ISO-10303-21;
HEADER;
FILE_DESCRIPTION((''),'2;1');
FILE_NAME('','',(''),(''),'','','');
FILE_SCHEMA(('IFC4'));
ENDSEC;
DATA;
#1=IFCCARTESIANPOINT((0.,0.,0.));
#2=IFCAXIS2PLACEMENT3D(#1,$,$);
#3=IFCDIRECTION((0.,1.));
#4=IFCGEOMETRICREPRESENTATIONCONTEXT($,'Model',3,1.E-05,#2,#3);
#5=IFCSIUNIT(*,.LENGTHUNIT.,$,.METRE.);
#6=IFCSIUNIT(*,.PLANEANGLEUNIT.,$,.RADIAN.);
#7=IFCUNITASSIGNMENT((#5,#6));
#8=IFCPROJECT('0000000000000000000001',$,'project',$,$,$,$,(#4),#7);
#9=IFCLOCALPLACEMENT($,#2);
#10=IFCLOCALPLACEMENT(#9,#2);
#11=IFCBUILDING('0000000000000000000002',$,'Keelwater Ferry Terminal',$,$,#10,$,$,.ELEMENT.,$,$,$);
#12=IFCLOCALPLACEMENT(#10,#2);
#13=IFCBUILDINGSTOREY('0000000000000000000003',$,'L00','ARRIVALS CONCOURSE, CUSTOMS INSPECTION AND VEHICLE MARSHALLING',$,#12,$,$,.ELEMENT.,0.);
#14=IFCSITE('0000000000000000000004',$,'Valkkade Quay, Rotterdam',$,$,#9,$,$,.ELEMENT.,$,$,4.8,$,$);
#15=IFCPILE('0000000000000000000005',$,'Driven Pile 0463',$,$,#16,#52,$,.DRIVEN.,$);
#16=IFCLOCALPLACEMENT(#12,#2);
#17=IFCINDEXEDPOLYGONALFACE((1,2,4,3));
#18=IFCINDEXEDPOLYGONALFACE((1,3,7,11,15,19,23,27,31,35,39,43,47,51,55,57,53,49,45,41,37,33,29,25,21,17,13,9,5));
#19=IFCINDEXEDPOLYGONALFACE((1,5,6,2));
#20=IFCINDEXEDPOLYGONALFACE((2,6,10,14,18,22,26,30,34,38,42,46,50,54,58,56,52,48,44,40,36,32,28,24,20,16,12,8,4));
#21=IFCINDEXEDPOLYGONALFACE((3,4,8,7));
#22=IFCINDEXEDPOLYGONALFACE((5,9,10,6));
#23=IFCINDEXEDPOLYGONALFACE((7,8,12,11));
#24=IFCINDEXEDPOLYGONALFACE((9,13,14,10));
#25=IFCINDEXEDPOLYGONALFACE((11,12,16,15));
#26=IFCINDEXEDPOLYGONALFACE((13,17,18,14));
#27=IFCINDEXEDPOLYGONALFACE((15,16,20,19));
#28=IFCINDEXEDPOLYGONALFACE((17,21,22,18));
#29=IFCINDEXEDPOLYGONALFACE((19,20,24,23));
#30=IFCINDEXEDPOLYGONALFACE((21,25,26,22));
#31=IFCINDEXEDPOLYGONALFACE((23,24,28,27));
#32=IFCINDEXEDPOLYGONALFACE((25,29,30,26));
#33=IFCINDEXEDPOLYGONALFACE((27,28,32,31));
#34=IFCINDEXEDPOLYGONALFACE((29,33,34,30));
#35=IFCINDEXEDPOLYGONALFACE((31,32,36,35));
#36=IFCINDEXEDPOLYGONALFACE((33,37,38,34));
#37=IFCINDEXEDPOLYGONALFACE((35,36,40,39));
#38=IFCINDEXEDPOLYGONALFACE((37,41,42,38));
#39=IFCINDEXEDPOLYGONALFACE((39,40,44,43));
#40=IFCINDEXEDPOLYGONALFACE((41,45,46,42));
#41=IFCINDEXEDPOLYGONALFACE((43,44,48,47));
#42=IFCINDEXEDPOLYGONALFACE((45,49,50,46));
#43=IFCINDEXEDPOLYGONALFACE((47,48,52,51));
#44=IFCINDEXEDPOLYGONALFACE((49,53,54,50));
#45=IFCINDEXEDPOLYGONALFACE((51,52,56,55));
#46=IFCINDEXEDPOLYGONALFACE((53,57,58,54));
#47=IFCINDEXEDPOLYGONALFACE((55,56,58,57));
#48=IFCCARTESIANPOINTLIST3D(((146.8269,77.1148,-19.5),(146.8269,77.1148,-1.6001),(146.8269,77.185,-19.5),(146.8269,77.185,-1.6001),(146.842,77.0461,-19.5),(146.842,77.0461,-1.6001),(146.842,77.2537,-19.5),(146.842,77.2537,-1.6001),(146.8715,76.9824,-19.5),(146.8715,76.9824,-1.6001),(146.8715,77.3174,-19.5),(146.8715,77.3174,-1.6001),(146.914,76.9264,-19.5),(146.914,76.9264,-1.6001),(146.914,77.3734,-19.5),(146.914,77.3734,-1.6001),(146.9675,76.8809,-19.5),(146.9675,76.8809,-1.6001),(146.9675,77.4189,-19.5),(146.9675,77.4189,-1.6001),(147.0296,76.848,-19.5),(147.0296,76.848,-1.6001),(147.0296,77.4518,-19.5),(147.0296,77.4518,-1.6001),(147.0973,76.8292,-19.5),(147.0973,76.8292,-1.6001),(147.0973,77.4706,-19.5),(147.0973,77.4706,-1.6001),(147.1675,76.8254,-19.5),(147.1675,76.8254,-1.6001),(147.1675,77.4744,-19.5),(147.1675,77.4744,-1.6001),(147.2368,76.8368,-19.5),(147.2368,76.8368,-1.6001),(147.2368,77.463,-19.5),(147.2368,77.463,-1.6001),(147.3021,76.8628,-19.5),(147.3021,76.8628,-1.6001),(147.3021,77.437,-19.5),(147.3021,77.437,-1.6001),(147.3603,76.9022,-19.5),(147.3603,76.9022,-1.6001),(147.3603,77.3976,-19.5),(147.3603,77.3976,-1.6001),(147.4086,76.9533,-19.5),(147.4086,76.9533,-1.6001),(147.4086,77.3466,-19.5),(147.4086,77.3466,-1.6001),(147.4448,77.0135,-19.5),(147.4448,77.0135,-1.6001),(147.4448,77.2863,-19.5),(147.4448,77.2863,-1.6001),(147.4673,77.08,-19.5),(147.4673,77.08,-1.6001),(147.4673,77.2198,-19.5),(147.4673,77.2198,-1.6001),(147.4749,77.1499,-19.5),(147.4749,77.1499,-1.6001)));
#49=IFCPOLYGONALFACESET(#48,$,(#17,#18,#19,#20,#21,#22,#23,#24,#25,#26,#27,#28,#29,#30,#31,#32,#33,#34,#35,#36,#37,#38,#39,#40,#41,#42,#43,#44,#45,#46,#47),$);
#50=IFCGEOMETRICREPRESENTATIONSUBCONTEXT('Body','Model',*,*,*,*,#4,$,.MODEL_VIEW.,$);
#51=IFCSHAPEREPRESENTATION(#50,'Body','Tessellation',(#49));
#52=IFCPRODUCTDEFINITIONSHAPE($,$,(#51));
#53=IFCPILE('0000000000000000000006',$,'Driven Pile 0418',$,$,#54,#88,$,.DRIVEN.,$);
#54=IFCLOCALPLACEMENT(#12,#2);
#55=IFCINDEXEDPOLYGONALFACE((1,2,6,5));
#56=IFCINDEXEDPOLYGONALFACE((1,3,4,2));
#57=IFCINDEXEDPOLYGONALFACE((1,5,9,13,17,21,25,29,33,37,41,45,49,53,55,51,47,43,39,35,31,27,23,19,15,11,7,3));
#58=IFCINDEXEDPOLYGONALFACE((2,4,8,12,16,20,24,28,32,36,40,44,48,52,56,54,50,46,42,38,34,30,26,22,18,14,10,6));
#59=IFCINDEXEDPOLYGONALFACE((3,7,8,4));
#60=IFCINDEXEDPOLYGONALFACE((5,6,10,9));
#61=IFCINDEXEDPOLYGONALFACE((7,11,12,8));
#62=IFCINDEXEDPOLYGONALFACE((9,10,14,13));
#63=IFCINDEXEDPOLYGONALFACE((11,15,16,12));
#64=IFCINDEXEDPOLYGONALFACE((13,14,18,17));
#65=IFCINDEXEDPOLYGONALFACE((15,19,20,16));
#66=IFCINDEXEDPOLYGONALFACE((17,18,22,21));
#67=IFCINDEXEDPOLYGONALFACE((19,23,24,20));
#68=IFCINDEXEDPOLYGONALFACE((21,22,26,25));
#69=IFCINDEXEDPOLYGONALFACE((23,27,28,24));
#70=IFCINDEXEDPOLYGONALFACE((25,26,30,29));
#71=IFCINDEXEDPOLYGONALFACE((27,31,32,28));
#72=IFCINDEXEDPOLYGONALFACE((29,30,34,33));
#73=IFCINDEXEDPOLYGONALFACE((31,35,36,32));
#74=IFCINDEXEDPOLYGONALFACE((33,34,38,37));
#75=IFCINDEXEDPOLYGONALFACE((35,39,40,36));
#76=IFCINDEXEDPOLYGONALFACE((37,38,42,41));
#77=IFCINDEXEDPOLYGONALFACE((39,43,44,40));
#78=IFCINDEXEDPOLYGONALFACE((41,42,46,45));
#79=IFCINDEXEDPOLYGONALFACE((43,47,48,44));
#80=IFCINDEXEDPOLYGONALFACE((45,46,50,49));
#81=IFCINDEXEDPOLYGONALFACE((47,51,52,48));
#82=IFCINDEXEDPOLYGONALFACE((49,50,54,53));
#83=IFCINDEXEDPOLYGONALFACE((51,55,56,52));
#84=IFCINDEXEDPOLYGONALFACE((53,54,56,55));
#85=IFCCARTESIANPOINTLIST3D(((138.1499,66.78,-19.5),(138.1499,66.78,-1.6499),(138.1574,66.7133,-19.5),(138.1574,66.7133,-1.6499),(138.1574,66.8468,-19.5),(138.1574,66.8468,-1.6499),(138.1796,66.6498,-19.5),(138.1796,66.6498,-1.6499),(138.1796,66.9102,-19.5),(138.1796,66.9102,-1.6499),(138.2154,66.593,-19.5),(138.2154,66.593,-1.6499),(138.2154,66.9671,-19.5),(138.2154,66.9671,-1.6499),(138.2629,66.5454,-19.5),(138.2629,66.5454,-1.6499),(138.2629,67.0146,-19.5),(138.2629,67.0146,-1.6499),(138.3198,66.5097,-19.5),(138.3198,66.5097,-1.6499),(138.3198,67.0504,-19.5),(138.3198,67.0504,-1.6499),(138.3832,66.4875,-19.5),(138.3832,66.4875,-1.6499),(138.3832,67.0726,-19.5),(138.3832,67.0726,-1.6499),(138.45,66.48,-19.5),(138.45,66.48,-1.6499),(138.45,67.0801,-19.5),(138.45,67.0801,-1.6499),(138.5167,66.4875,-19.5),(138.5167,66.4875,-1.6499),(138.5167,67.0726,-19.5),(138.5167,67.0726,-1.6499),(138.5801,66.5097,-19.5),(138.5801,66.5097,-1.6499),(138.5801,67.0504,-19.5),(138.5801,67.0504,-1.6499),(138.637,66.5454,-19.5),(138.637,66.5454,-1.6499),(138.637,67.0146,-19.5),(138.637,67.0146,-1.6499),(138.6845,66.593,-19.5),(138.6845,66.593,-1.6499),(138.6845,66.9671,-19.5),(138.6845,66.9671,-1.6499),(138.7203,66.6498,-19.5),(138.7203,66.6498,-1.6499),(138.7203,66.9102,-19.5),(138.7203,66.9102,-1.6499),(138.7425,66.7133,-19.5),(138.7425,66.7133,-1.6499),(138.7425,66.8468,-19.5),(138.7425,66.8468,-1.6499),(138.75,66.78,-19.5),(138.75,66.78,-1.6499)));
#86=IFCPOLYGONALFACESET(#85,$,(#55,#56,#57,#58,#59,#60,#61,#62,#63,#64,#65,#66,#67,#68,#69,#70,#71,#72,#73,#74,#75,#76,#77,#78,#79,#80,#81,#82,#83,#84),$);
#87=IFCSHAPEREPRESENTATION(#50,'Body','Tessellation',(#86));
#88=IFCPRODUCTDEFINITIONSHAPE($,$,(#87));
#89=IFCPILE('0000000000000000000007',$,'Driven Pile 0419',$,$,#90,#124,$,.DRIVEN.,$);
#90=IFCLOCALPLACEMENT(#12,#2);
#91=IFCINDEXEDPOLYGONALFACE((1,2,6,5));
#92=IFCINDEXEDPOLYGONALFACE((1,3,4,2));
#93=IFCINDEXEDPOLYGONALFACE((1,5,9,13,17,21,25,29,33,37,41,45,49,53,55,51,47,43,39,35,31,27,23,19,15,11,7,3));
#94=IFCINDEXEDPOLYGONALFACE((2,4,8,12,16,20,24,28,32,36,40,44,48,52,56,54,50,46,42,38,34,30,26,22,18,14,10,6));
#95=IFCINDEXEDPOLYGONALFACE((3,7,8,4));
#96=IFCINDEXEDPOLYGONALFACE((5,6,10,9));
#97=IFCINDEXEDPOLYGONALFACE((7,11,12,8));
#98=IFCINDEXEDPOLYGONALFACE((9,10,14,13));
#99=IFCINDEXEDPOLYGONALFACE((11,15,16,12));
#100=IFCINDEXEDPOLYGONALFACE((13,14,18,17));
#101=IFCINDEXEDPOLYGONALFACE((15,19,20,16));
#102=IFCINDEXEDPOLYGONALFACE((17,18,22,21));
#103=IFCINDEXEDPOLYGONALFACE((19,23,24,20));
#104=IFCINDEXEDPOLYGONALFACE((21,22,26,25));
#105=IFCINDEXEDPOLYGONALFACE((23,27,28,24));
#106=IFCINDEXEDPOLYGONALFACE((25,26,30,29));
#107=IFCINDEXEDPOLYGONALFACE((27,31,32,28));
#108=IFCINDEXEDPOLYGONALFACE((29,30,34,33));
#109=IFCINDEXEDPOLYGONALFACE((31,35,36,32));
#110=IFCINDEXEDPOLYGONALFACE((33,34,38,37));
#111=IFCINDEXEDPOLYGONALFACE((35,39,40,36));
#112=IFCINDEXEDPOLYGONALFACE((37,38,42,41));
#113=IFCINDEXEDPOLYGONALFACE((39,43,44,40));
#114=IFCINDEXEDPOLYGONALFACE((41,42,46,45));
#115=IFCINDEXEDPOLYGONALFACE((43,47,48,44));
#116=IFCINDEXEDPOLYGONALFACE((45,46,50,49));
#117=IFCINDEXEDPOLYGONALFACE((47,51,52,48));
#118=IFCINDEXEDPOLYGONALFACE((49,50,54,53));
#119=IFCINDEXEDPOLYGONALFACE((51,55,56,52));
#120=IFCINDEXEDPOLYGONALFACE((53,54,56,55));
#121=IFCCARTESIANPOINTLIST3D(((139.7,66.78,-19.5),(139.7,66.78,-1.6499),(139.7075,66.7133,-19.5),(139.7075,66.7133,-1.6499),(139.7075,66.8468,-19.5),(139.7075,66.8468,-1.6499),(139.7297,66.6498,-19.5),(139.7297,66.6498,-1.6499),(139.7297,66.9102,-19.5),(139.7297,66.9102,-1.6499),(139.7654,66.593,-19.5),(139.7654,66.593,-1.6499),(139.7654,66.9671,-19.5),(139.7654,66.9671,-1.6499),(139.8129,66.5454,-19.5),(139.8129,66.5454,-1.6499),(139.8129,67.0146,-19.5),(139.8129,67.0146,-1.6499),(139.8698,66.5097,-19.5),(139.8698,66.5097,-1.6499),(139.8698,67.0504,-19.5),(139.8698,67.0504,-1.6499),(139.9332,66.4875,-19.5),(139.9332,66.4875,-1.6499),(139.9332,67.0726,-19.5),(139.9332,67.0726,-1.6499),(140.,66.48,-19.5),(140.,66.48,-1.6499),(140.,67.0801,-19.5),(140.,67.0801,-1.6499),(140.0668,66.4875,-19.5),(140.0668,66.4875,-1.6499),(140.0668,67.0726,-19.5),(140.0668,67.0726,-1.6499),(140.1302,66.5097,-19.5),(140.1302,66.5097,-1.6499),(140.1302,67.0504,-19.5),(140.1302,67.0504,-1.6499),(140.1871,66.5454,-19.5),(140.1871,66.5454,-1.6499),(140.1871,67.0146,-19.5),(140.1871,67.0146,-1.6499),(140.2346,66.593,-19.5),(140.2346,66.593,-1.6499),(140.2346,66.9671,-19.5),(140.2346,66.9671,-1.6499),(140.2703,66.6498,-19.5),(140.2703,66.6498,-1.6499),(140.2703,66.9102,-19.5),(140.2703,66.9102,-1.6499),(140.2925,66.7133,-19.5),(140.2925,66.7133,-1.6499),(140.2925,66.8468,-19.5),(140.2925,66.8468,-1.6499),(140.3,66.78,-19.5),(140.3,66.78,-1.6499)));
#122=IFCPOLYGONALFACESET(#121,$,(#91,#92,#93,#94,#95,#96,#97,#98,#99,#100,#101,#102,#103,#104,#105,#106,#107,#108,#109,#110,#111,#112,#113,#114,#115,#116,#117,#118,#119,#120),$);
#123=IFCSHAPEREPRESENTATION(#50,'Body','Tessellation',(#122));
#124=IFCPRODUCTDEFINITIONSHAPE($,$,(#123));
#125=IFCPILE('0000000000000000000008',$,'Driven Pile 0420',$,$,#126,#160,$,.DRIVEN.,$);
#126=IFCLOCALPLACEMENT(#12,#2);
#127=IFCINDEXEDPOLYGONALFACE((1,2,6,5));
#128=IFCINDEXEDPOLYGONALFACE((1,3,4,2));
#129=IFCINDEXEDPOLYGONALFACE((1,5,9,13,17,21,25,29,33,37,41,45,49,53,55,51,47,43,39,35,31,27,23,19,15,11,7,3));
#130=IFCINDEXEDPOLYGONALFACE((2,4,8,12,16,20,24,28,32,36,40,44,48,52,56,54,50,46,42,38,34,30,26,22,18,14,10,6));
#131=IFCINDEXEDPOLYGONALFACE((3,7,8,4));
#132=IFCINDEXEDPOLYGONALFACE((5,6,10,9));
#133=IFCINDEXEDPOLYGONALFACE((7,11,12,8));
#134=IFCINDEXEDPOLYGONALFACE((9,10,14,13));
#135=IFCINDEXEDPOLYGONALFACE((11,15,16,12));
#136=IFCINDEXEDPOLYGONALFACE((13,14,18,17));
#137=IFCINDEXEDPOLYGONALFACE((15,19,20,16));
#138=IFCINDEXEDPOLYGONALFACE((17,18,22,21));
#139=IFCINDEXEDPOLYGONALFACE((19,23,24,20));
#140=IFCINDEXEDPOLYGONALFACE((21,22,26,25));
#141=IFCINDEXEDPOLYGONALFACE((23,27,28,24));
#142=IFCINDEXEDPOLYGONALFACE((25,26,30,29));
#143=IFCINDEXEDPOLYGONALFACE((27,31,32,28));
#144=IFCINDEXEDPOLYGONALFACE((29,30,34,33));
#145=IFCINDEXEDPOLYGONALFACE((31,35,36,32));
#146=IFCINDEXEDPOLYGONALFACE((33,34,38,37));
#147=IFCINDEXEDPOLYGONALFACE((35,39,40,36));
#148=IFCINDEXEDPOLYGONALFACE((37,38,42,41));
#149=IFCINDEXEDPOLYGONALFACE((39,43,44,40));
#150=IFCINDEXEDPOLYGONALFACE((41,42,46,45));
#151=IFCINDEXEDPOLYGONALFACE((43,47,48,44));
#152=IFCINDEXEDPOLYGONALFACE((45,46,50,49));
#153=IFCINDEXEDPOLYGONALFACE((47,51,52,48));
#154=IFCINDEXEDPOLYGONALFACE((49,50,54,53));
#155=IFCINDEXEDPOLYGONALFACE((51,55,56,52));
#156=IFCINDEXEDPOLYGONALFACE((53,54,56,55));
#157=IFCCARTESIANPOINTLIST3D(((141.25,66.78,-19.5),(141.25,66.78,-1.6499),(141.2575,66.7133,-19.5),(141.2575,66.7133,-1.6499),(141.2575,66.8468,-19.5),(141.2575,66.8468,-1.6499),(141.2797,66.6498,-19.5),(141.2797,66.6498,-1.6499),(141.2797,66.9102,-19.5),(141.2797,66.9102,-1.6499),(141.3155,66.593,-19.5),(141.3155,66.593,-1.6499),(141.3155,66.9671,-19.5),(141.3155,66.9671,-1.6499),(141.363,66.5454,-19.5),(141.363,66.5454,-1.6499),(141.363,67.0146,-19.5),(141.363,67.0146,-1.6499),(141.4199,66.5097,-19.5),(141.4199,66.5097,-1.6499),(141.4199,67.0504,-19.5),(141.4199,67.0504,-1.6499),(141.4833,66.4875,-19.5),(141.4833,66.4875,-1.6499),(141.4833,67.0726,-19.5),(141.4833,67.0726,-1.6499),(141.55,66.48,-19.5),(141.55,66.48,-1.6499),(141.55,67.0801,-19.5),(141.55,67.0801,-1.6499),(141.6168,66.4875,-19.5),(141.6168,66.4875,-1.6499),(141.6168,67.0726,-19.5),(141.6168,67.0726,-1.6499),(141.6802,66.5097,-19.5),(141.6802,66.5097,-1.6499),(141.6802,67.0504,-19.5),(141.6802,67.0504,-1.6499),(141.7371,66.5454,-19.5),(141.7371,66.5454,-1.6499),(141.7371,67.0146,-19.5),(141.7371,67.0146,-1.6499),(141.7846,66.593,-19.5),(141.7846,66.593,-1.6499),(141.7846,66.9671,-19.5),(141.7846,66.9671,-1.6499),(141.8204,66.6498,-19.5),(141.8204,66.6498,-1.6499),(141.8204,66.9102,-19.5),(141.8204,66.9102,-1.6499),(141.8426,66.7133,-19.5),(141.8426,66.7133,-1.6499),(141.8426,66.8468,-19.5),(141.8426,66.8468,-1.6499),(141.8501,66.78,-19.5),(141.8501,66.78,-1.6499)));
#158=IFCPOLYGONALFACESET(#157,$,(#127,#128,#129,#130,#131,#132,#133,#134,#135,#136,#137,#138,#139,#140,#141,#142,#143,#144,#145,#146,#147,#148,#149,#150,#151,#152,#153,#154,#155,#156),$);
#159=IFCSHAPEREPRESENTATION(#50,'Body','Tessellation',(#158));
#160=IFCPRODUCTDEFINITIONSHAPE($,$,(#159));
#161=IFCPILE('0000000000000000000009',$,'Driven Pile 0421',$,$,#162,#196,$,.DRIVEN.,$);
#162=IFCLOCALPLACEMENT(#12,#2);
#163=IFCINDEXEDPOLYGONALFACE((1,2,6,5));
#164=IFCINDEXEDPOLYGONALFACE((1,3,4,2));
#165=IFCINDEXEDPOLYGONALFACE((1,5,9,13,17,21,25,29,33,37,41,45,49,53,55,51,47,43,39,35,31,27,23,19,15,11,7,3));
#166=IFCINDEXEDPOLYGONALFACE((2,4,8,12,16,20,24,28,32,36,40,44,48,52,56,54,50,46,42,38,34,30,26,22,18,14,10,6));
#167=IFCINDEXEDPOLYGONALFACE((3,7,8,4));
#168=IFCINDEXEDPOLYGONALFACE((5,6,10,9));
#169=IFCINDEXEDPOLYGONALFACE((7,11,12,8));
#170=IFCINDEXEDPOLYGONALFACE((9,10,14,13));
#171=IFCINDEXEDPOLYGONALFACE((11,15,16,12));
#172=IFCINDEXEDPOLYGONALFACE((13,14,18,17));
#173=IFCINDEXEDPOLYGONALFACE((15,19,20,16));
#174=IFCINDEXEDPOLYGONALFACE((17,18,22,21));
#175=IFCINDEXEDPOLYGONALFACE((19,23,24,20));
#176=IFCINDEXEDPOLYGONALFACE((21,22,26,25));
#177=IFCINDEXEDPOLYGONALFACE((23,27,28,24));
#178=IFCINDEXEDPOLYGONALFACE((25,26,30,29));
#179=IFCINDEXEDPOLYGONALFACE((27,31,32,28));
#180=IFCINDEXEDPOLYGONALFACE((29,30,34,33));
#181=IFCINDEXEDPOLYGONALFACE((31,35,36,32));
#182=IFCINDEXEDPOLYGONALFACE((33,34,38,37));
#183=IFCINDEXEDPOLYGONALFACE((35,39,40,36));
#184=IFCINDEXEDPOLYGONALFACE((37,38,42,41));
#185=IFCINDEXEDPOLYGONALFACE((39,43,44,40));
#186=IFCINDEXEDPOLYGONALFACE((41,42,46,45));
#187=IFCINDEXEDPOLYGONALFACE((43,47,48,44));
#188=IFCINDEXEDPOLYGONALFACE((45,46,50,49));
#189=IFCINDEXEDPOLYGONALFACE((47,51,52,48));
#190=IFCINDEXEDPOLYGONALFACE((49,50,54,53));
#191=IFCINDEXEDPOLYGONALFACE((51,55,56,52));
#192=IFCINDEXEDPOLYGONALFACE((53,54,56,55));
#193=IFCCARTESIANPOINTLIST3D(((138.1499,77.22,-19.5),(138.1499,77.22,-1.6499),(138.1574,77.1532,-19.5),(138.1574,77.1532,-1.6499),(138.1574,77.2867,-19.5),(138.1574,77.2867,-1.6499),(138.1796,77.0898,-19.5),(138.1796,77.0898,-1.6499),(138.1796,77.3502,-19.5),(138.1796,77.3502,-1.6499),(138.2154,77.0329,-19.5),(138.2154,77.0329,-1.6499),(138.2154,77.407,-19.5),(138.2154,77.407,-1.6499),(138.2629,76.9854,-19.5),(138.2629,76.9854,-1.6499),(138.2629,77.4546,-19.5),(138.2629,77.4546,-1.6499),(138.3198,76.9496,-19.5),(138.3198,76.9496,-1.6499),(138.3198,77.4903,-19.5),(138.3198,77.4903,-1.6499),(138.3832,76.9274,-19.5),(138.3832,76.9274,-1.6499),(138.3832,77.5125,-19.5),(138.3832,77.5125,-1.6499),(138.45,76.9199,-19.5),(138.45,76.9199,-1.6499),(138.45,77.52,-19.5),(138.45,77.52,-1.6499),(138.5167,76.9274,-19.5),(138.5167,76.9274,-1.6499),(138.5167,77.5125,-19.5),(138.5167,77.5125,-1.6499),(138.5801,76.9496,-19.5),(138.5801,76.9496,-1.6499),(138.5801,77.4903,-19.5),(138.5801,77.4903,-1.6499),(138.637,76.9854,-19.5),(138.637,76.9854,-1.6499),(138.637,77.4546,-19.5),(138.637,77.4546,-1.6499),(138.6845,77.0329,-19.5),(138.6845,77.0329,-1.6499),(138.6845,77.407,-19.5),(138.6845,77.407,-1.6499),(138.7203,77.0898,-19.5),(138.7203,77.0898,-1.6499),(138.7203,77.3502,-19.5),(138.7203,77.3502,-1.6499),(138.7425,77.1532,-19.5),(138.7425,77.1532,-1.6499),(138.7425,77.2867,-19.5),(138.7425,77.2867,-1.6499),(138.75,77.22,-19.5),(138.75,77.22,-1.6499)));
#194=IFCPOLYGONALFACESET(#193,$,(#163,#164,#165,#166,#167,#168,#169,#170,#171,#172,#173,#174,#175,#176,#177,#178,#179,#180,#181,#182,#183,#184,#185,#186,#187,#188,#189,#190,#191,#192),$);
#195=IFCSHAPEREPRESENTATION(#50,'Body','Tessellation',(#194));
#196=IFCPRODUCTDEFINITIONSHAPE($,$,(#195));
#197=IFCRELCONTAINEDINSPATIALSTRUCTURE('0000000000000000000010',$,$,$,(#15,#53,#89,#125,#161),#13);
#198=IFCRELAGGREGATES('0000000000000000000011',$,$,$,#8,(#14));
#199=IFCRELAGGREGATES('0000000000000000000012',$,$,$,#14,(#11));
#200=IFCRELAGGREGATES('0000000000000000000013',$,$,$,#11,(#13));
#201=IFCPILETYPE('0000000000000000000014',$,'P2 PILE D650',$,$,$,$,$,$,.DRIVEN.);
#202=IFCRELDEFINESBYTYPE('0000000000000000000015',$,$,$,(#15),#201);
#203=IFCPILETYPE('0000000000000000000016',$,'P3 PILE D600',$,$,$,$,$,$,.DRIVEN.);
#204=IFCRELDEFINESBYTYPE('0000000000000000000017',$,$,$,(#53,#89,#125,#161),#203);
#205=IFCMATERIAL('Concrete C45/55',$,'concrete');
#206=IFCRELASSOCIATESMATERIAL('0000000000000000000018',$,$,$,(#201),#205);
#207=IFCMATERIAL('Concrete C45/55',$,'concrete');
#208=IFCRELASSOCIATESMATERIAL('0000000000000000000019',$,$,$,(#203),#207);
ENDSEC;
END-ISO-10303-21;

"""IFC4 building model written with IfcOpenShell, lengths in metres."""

from ifc_helpers import new_model, si_unit, direction, frame, origin, origin_2d, place, context, subcontext, project, spatial, circle, extrude, material, material_profile, profile_set, type_object, element, save


model = new_model("IFC4")

# Units and contexts
model_context = context("Model", 3, precision=1e-05, world=origin(), true_north=direction((0.0, 1.0)))
body_context = subcontext(model_context, "Body", "Model", "MODEL_VIEW")
ifc_project = project(units=[si_unit("LENGTHUNIT", "METRE"), si_unit("PLANEANGLEUNIT", "RADIAN")], contexts=[model_context])

# Site, building, storey
site_placement = place(None, origin())
site = spatial("IfcSite", under=ifc_project, at=site_placement, Name="Valkkade Quay, Rotterdam", CompositionType="ELEMENT", RefElevation=4.8)
building_placement = place(site_placement, origin())
building = spatial("IfcBuilding", under=site, at=building_placement, Name="Keelwater Ferry Terminal", CompositionType="ELEMENT")
storey_placement = place(building_placement, origin())
storey = spatial("IfcBuildingStorey", under=building, at=storey_placement, Name="L00", Description="ARRIVALS CONCOURSE, CUSTOMS INSPECTION AND VEHICLE MARSHALLING", CompositionType="ELEMENT", Elevation=0.0)

# Piles
ifc_material_1 = material(Name="Concrete C45/55", Category="concrete")
ifc_material_profile_1 = material_profile(ifc_material_1, circle(Radius=0.325, at=origin_2d()), Name="PILE D650")
ifc_profile_set_1 = profile_set([ifc_material_profile_1], Name="Concrete C45/55")
pile_type_1 = type_object("IfcPileType", Name="P2 PILE D650", PredefinedType="DRIVEN", material=ifc_profile_set_1)
for number, where, z_axis, x_axis, name in (
    (1, (147.1499, 77.1499, -1.6001), (0.0, 0.0, -1.0), (1.0, 0.0, 0.0), "Driven Pile 0463"),
):
    element("IfcPile", number, at=place(storey_placement, frame(where, z_axis=z_axis, x_axis=x_axis)), inside=storey, type_object=pile_type_1, Name=name, PredefinedType="DRIVEN", context=body_context, shape_type="SweptSolid", body=[
        extrude(circle(Radius=0.325, at=origin_2d()), origin(), (0.0, 0.0, 1.0), 17.8999),
    ])
ifc_material_2 = material(Name="Concrete C45/55", Category="concrete")
ifc_material_profile_2 = material_profile(ifc_material_2, circle(Radius=0.3, at=origin_2d()), Name="PILE D600")
ifc_profile_set_2 = profile_set([ifc_material_profile_2], Name="Concrete C45/55")
pile_type_2 = type_object("IfcPileType", Name="P3 PILE D600", PredefinedType="DRIVEN", material=ifc_profile_set_2)
for number, where, z_axis, x_axis, name in (
    (2, (138.45, 66.78, -1.6499), (0.0, 0.0, -1.0), (1.0, 0.0, 0.0), "Driven Pile 0418"),
    (3, (140.0, 66.78, -1.6499), (0.0, 0.0, -1.0), (1.0, 0.0, 0.0), "Driven Pile 0419"),
    (4, (141.55, 66.78, -1.6499), (0.0, 0.0, -1.0), (1.0, 0.0, 0.0), "Driven Pile 0420"),
    (5, (138.45, 77.22, -1.6499), (0.0, 0.0, -1.0), (1.0, 0.0, 0.0), "Driven Pile 0421"),
):
    element("IfcPile", number, at=place(storey_placement, frame(where, z_axis=z_axis, x_axis=x_axis)), inside=storey, type_object=pile_type_2, Name=name, PredefinedType="DRIVEN", context=body_context, shape_type="SweptSolid", body=[
        extrude(circle(Radius=0.3, at=origin_2d()), origin(), (0.0, 0.0, 1.0), 17.8501),
    ])

save(model, "model.ifc")
